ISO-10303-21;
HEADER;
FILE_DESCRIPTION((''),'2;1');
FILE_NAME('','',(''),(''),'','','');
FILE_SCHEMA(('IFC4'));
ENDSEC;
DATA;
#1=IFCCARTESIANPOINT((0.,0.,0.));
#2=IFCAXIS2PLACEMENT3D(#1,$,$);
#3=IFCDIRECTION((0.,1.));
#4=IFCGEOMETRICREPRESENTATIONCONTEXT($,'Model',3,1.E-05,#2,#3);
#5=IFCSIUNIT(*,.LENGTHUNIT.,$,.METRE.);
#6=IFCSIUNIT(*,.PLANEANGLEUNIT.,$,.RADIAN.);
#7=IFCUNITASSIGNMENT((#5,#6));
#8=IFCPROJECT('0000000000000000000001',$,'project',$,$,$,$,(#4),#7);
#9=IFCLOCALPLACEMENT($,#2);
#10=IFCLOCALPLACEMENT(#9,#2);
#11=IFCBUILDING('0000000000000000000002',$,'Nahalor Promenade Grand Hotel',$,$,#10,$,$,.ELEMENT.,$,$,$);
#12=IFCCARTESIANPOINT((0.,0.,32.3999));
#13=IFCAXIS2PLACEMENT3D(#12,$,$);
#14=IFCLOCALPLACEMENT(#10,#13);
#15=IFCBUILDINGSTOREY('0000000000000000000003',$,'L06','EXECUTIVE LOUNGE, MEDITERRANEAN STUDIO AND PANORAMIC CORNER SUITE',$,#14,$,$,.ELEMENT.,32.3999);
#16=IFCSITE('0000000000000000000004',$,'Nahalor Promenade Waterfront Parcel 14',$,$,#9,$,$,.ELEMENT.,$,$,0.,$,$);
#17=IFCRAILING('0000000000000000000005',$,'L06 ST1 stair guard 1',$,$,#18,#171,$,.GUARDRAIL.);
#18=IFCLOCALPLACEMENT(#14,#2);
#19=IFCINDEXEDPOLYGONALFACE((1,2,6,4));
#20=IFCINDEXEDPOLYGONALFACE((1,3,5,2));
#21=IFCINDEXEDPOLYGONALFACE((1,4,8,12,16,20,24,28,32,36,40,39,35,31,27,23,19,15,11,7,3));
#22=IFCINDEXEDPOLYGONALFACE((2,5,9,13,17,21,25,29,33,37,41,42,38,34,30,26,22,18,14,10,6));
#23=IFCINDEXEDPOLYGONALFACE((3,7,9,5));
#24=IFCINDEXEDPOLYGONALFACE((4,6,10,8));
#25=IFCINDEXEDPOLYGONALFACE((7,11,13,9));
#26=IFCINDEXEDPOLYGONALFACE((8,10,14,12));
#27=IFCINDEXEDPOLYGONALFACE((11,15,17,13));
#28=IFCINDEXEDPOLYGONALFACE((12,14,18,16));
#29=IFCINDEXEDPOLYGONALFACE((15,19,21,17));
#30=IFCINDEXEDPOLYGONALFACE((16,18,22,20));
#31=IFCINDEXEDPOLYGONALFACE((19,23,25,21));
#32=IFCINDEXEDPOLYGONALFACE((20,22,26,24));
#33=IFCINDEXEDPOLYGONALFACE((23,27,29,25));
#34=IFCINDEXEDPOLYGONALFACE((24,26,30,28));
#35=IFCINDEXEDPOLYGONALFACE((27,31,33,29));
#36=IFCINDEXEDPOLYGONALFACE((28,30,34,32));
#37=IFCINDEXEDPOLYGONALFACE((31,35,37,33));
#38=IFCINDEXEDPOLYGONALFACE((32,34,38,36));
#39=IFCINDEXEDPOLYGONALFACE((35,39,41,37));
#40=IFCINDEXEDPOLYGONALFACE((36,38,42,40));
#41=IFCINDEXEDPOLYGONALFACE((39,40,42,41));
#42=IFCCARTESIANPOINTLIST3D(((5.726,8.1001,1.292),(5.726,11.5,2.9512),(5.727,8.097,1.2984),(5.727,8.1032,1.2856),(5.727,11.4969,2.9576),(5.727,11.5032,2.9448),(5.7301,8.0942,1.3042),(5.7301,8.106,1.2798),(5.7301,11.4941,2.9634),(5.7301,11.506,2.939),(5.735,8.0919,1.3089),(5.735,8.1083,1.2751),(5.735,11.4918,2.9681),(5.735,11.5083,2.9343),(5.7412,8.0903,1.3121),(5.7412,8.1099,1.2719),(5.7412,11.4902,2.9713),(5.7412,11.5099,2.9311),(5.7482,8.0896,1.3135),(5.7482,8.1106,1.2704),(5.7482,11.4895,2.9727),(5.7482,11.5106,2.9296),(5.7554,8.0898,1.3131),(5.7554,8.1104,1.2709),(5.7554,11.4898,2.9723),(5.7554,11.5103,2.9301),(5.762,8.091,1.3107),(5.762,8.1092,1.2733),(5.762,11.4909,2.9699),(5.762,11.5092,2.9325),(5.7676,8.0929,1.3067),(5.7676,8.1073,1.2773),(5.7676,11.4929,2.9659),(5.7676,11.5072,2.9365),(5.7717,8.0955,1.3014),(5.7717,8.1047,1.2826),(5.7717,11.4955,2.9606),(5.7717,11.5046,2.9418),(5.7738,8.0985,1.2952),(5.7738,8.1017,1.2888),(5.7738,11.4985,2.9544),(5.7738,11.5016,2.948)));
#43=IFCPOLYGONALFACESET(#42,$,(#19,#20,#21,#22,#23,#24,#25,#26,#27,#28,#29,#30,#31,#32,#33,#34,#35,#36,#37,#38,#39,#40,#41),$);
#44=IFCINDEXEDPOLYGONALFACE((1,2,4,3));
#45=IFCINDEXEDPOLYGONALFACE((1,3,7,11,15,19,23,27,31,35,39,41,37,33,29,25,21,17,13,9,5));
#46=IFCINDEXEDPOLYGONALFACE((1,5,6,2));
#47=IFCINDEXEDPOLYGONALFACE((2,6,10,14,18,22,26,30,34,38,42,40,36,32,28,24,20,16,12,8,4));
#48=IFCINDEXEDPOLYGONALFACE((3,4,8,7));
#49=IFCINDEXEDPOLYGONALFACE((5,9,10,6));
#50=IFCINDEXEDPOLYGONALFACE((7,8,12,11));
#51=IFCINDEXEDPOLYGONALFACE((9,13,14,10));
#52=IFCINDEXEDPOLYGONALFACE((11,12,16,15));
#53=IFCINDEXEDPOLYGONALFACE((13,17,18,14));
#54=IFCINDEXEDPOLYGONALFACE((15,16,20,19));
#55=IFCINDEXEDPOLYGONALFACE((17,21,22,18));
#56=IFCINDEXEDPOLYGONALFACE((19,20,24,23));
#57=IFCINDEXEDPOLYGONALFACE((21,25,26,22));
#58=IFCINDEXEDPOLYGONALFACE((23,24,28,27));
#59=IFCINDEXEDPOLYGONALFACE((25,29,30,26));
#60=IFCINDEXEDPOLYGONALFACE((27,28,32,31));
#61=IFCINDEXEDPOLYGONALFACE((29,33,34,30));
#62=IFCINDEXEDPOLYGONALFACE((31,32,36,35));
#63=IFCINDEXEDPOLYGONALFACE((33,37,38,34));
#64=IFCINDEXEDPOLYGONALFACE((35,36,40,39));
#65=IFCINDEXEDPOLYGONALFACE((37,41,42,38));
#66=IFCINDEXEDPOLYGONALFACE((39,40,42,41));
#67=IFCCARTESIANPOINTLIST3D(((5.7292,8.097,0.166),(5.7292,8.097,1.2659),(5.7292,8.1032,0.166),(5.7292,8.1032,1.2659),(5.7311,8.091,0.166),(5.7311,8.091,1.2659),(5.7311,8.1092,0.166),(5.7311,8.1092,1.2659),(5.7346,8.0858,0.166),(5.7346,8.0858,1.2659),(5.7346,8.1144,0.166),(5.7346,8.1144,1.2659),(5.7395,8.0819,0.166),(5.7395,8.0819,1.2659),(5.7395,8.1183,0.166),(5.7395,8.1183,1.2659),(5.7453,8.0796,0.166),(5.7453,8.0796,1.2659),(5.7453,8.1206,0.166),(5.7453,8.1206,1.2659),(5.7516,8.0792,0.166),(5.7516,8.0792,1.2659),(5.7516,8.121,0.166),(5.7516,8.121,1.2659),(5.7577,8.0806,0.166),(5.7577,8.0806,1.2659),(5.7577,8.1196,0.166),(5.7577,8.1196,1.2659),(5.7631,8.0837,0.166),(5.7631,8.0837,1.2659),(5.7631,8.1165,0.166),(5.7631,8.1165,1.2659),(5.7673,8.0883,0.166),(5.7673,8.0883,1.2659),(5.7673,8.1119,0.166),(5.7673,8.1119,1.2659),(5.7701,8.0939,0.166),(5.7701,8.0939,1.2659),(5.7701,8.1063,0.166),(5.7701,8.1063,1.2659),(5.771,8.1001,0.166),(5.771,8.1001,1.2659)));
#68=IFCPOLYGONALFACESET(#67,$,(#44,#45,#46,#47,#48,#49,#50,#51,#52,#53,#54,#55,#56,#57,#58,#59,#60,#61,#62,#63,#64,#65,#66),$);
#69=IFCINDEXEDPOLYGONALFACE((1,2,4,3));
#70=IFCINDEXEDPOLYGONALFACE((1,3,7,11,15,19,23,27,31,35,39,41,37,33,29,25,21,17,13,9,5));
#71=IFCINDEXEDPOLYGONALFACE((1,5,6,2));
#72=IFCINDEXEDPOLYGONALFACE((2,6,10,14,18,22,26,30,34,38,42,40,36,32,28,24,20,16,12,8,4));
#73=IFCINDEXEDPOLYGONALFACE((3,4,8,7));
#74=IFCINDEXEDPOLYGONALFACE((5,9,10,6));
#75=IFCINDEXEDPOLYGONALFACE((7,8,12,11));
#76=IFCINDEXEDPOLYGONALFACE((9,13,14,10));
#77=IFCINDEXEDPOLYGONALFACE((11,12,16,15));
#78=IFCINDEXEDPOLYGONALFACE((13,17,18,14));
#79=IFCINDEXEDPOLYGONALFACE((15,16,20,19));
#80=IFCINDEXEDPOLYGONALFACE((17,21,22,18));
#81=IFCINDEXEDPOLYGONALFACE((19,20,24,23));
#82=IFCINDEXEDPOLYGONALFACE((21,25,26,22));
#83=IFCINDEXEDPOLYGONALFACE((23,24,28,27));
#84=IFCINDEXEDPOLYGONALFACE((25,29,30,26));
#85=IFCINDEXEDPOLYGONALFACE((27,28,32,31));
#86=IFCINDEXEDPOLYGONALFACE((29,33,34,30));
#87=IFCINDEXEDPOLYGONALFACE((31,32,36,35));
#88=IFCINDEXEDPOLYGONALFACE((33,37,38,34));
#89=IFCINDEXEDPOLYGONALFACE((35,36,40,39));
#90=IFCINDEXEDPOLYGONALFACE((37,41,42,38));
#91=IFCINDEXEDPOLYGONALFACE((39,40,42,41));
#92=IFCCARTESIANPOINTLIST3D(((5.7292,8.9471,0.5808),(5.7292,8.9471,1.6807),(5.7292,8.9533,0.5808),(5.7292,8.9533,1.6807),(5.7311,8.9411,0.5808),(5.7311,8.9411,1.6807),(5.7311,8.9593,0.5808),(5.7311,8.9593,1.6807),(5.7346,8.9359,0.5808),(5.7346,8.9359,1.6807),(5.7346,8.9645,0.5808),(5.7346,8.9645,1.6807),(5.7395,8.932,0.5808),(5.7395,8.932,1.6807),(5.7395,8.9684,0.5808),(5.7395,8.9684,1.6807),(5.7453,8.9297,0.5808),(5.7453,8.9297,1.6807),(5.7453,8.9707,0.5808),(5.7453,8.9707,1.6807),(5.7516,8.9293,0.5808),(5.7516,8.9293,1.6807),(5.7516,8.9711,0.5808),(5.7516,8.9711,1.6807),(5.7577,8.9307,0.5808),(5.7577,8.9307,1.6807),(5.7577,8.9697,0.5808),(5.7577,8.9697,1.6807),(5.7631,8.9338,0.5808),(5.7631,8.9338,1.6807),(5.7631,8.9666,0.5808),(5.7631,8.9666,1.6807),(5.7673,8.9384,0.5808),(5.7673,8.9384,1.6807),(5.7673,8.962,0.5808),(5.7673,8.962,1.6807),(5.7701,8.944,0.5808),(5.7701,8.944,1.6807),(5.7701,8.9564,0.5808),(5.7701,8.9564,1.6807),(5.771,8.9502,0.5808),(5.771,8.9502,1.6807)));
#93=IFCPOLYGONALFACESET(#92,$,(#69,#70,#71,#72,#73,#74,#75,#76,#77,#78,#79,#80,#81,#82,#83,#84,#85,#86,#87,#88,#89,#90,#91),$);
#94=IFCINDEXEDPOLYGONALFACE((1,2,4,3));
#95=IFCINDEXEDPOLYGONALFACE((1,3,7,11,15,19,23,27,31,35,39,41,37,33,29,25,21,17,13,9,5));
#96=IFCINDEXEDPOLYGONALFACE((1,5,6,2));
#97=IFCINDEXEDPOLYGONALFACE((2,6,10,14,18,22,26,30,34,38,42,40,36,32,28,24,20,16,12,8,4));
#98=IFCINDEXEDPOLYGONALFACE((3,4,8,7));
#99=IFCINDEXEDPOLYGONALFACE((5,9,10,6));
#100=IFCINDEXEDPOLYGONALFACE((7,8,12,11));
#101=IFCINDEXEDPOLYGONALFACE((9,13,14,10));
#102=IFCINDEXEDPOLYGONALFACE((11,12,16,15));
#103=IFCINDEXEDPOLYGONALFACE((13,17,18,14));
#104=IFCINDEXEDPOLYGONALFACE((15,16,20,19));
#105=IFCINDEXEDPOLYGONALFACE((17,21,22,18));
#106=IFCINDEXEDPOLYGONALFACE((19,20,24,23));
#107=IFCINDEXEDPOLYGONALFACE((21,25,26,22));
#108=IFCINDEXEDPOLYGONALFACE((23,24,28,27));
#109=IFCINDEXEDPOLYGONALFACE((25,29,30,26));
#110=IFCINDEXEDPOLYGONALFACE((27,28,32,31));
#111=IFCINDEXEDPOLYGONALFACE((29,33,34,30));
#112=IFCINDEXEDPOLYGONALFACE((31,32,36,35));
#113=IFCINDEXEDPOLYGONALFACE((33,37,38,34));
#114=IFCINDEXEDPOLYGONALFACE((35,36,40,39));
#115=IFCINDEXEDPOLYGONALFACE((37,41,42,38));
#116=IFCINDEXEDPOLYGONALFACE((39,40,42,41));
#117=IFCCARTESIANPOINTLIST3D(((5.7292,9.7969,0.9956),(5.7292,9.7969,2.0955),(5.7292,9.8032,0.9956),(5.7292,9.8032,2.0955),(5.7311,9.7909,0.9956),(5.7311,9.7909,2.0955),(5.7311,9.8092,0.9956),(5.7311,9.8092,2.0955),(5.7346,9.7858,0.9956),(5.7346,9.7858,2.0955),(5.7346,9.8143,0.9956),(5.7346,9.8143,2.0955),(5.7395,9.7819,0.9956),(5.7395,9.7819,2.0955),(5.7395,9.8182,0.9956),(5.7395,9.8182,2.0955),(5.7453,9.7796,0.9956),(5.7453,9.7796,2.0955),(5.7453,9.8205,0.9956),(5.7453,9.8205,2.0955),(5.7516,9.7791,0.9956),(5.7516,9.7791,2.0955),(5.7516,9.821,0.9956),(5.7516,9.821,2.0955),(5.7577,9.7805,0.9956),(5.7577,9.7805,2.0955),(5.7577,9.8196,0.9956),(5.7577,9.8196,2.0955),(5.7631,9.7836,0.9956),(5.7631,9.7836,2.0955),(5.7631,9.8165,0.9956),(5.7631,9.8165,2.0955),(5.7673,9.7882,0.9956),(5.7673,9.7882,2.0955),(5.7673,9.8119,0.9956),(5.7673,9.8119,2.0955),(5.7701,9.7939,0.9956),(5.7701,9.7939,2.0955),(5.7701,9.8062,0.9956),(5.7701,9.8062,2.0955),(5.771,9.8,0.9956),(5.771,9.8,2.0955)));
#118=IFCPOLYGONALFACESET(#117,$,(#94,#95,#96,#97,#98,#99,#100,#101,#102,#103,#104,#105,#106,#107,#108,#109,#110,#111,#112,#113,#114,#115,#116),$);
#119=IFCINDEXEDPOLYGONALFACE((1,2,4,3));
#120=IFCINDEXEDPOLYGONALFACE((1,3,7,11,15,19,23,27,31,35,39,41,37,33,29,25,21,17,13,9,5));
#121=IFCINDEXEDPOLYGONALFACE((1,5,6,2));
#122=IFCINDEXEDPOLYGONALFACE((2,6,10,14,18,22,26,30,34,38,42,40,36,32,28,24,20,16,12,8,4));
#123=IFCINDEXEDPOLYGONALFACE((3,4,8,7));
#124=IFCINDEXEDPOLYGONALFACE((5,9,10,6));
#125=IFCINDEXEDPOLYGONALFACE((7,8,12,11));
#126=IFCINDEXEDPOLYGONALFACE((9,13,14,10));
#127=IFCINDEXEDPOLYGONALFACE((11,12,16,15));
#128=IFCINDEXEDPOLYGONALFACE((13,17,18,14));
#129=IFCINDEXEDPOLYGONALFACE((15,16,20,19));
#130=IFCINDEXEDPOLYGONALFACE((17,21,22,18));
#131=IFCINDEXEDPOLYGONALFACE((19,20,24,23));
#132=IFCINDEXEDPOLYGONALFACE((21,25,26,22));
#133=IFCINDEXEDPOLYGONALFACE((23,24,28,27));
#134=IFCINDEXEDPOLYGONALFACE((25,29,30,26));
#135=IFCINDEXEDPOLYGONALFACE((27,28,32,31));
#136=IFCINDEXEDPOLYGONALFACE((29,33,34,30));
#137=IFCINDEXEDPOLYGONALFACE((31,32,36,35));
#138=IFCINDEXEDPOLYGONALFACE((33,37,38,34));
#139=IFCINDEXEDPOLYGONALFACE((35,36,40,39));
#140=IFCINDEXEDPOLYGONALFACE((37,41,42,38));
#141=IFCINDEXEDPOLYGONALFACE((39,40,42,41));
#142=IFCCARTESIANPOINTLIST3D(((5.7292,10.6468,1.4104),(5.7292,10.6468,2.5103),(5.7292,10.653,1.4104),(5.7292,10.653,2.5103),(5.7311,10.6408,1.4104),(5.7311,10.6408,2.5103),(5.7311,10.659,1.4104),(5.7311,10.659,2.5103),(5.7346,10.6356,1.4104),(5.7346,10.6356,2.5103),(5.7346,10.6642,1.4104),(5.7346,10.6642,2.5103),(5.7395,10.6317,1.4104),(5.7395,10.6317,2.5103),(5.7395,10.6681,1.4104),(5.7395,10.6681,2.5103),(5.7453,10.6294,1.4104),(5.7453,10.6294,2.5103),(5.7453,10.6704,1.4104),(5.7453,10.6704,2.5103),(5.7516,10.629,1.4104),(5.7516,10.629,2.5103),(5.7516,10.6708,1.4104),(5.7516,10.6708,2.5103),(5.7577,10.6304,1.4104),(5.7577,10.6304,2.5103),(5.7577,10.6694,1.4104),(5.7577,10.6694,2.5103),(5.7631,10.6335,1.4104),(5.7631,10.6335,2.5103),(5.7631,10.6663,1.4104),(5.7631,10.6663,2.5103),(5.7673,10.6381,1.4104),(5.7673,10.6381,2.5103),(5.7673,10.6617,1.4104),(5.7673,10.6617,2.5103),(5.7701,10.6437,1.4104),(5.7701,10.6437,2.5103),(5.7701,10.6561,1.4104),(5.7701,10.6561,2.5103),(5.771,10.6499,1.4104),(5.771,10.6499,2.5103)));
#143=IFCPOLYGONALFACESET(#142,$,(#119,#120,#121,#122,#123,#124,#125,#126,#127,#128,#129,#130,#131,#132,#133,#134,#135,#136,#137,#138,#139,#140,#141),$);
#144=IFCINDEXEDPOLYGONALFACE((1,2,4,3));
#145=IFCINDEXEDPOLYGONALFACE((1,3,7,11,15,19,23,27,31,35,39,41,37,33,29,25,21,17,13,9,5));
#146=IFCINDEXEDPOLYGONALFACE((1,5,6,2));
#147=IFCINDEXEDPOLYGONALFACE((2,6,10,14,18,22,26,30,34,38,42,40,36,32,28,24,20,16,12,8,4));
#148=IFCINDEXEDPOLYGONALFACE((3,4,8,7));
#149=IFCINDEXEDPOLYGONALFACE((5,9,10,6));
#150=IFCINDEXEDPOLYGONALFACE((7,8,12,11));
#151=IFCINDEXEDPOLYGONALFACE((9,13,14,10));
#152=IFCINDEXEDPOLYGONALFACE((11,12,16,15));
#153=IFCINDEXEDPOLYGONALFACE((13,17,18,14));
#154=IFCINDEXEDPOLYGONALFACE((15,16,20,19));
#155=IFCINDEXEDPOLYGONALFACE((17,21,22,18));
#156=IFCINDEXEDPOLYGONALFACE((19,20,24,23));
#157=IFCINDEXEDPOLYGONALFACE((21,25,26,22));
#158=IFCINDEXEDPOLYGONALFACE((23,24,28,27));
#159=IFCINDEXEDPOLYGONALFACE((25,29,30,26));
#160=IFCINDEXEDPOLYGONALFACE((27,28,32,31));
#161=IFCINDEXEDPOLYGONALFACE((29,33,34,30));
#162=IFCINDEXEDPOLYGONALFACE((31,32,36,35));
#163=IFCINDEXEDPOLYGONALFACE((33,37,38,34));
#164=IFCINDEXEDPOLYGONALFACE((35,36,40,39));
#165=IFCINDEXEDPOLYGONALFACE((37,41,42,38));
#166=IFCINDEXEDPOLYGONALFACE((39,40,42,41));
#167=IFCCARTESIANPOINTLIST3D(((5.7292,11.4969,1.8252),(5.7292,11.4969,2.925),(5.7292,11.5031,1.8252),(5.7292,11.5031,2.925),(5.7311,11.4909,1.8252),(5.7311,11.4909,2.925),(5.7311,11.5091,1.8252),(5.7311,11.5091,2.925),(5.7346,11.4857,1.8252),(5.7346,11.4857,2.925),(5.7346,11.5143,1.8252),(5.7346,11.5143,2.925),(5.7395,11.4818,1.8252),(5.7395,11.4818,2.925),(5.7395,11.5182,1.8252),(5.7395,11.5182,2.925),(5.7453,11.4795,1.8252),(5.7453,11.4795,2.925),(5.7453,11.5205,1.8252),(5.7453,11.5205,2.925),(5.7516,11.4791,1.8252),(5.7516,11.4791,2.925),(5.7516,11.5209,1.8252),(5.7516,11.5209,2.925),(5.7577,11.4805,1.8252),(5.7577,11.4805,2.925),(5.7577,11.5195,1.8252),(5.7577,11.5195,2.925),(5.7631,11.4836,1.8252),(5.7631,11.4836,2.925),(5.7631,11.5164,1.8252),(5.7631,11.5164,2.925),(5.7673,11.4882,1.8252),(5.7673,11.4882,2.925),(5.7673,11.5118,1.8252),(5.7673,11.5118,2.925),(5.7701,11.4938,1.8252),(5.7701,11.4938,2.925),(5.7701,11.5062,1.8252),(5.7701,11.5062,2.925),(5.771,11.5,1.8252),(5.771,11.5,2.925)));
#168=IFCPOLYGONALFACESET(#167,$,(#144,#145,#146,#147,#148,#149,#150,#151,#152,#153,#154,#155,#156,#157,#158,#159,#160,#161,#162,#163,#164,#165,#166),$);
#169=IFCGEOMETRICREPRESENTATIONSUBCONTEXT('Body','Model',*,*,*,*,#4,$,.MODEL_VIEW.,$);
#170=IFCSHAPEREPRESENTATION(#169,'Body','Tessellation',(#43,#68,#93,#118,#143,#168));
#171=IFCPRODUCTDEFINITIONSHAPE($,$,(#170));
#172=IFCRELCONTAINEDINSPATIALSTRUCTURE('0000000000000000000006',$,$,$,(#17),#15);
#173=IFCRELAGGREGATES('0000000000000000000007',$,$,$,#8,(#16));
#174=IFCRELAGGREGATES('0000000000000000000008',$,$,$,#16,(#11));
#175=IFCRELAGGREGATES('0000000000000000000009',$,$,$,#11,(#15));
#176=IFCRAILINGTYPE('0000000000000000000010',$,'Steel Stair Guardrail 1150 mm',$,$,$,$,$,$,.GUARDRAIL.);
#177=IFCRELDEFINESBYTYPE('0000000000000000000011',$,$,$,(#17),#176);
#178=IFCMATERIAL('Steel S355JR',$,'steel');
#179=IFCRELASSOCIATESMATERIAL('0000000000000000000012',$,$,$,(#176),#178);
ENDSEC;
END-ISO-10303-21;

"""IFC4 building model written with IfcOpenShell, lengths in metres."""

from ifc_helpers import new_model, si_unit, direction, frame, origin, origin_2d, place, context, subcontext, project, spatial, circle, extrude, material, type_object, element, save


model = new_model("IFC4")

# Units and contexts
model_context = context("Model", 3, precision=1e-05, world=origin(), true_north=direction((0.0, 1.0)))
body_context = subcontext(model_context, "Body", "Model", "MODEL_VIEW")
ifc_project = project(units=[si_unit("LENGTHUNIT", "METRE"), si_unit("PLANEANGLEUNIT", "RADIAN")], contexts=[model_context])

# Site, building, storey
site_placement = place(None, origin())
site = spatial("IfcSite", under=ifc_project, at=site_placement, Name="Nahalor Promenade Waterfront Parcel 14", CompositionType="ELEMENT", RefElevation=0.0)
building_placement = place(site_placement, origin())
building = spatial("IfcBuilding", under=site, at=building_placement, Name="Nahalor Promenade Grand Hotel", CompositionType="ELEMENT")
storey_placement = place(building_placement, frame((0.0, 0.0, 32.3999)))
storey = spatial("IfcBuildingStorey", under=building, at=storey_placement, Name="L06", Description="EXECUTIVE LOUNGE, MEDITERRANEAN STUDIO AND PANORAMIC CORNER SUITE", CompositionType="ELEMENT", Elevation=32.3999)

# Shared definitions
ifc_material_1 = material(Name="Steel S355JR", Category="steel")

# Railing
railing_type_1 = type_object("IfcRailingType", Name="Steel Stair Guardrail 1150 mm", PredefinedType="GUARDRAIL", material=ifc_material_1)
railing_1_placement = place(storey_placement, frame((5.75, 8.1001, 0.166)))
element("IfcRailing", 1, at=railing_1_placement, inside=storey, type_object=railing_type_1, Name="L06 ST1 stair guard 1", PredefinedType="GUARDRAIL", context=body_context, shape_type="SweptSolid", body=[
    extrude(circle(Radius=0.024, at=origin_2d()), frame((0.0, 0.0, 1.126), z_axis=(0.0, 0.898696, 0.438571), x_axis=(-1.0, 0.0, 0.0)), (0.0, 0.0, 1.0), 3.7832),
    extrude(circle(Radius=0.021, at=origin_2d()), origin(), (0.0, 0.0, 1.0), 1.0999),
    extrude(circle(Radius=0.021, at=origin_2d()), frame((0.0, 0.8501, 0.4148)), (0.0, 0.0, 1.0), 1.0999),
    extrude(circle(Radius=0.021, at=origin_2d()), frame((0.0, 1.7, 0.8296)), (0.0, 0.0, 1.0), 1.0999),
    extrude(circle(Radius=0.021, at=origin_2d()), frame((0.0, 2.5498, 1.2444)), (0.0, 0.0, 1.0), 1.0999),
    extrude(circle(Radius=0.021, at=origin_2d()), frame((0.0, 3.3999, 1.6592)), (0.0, 0.0, 1.0), 1.0999),
])

save(model, "model.ifc")
